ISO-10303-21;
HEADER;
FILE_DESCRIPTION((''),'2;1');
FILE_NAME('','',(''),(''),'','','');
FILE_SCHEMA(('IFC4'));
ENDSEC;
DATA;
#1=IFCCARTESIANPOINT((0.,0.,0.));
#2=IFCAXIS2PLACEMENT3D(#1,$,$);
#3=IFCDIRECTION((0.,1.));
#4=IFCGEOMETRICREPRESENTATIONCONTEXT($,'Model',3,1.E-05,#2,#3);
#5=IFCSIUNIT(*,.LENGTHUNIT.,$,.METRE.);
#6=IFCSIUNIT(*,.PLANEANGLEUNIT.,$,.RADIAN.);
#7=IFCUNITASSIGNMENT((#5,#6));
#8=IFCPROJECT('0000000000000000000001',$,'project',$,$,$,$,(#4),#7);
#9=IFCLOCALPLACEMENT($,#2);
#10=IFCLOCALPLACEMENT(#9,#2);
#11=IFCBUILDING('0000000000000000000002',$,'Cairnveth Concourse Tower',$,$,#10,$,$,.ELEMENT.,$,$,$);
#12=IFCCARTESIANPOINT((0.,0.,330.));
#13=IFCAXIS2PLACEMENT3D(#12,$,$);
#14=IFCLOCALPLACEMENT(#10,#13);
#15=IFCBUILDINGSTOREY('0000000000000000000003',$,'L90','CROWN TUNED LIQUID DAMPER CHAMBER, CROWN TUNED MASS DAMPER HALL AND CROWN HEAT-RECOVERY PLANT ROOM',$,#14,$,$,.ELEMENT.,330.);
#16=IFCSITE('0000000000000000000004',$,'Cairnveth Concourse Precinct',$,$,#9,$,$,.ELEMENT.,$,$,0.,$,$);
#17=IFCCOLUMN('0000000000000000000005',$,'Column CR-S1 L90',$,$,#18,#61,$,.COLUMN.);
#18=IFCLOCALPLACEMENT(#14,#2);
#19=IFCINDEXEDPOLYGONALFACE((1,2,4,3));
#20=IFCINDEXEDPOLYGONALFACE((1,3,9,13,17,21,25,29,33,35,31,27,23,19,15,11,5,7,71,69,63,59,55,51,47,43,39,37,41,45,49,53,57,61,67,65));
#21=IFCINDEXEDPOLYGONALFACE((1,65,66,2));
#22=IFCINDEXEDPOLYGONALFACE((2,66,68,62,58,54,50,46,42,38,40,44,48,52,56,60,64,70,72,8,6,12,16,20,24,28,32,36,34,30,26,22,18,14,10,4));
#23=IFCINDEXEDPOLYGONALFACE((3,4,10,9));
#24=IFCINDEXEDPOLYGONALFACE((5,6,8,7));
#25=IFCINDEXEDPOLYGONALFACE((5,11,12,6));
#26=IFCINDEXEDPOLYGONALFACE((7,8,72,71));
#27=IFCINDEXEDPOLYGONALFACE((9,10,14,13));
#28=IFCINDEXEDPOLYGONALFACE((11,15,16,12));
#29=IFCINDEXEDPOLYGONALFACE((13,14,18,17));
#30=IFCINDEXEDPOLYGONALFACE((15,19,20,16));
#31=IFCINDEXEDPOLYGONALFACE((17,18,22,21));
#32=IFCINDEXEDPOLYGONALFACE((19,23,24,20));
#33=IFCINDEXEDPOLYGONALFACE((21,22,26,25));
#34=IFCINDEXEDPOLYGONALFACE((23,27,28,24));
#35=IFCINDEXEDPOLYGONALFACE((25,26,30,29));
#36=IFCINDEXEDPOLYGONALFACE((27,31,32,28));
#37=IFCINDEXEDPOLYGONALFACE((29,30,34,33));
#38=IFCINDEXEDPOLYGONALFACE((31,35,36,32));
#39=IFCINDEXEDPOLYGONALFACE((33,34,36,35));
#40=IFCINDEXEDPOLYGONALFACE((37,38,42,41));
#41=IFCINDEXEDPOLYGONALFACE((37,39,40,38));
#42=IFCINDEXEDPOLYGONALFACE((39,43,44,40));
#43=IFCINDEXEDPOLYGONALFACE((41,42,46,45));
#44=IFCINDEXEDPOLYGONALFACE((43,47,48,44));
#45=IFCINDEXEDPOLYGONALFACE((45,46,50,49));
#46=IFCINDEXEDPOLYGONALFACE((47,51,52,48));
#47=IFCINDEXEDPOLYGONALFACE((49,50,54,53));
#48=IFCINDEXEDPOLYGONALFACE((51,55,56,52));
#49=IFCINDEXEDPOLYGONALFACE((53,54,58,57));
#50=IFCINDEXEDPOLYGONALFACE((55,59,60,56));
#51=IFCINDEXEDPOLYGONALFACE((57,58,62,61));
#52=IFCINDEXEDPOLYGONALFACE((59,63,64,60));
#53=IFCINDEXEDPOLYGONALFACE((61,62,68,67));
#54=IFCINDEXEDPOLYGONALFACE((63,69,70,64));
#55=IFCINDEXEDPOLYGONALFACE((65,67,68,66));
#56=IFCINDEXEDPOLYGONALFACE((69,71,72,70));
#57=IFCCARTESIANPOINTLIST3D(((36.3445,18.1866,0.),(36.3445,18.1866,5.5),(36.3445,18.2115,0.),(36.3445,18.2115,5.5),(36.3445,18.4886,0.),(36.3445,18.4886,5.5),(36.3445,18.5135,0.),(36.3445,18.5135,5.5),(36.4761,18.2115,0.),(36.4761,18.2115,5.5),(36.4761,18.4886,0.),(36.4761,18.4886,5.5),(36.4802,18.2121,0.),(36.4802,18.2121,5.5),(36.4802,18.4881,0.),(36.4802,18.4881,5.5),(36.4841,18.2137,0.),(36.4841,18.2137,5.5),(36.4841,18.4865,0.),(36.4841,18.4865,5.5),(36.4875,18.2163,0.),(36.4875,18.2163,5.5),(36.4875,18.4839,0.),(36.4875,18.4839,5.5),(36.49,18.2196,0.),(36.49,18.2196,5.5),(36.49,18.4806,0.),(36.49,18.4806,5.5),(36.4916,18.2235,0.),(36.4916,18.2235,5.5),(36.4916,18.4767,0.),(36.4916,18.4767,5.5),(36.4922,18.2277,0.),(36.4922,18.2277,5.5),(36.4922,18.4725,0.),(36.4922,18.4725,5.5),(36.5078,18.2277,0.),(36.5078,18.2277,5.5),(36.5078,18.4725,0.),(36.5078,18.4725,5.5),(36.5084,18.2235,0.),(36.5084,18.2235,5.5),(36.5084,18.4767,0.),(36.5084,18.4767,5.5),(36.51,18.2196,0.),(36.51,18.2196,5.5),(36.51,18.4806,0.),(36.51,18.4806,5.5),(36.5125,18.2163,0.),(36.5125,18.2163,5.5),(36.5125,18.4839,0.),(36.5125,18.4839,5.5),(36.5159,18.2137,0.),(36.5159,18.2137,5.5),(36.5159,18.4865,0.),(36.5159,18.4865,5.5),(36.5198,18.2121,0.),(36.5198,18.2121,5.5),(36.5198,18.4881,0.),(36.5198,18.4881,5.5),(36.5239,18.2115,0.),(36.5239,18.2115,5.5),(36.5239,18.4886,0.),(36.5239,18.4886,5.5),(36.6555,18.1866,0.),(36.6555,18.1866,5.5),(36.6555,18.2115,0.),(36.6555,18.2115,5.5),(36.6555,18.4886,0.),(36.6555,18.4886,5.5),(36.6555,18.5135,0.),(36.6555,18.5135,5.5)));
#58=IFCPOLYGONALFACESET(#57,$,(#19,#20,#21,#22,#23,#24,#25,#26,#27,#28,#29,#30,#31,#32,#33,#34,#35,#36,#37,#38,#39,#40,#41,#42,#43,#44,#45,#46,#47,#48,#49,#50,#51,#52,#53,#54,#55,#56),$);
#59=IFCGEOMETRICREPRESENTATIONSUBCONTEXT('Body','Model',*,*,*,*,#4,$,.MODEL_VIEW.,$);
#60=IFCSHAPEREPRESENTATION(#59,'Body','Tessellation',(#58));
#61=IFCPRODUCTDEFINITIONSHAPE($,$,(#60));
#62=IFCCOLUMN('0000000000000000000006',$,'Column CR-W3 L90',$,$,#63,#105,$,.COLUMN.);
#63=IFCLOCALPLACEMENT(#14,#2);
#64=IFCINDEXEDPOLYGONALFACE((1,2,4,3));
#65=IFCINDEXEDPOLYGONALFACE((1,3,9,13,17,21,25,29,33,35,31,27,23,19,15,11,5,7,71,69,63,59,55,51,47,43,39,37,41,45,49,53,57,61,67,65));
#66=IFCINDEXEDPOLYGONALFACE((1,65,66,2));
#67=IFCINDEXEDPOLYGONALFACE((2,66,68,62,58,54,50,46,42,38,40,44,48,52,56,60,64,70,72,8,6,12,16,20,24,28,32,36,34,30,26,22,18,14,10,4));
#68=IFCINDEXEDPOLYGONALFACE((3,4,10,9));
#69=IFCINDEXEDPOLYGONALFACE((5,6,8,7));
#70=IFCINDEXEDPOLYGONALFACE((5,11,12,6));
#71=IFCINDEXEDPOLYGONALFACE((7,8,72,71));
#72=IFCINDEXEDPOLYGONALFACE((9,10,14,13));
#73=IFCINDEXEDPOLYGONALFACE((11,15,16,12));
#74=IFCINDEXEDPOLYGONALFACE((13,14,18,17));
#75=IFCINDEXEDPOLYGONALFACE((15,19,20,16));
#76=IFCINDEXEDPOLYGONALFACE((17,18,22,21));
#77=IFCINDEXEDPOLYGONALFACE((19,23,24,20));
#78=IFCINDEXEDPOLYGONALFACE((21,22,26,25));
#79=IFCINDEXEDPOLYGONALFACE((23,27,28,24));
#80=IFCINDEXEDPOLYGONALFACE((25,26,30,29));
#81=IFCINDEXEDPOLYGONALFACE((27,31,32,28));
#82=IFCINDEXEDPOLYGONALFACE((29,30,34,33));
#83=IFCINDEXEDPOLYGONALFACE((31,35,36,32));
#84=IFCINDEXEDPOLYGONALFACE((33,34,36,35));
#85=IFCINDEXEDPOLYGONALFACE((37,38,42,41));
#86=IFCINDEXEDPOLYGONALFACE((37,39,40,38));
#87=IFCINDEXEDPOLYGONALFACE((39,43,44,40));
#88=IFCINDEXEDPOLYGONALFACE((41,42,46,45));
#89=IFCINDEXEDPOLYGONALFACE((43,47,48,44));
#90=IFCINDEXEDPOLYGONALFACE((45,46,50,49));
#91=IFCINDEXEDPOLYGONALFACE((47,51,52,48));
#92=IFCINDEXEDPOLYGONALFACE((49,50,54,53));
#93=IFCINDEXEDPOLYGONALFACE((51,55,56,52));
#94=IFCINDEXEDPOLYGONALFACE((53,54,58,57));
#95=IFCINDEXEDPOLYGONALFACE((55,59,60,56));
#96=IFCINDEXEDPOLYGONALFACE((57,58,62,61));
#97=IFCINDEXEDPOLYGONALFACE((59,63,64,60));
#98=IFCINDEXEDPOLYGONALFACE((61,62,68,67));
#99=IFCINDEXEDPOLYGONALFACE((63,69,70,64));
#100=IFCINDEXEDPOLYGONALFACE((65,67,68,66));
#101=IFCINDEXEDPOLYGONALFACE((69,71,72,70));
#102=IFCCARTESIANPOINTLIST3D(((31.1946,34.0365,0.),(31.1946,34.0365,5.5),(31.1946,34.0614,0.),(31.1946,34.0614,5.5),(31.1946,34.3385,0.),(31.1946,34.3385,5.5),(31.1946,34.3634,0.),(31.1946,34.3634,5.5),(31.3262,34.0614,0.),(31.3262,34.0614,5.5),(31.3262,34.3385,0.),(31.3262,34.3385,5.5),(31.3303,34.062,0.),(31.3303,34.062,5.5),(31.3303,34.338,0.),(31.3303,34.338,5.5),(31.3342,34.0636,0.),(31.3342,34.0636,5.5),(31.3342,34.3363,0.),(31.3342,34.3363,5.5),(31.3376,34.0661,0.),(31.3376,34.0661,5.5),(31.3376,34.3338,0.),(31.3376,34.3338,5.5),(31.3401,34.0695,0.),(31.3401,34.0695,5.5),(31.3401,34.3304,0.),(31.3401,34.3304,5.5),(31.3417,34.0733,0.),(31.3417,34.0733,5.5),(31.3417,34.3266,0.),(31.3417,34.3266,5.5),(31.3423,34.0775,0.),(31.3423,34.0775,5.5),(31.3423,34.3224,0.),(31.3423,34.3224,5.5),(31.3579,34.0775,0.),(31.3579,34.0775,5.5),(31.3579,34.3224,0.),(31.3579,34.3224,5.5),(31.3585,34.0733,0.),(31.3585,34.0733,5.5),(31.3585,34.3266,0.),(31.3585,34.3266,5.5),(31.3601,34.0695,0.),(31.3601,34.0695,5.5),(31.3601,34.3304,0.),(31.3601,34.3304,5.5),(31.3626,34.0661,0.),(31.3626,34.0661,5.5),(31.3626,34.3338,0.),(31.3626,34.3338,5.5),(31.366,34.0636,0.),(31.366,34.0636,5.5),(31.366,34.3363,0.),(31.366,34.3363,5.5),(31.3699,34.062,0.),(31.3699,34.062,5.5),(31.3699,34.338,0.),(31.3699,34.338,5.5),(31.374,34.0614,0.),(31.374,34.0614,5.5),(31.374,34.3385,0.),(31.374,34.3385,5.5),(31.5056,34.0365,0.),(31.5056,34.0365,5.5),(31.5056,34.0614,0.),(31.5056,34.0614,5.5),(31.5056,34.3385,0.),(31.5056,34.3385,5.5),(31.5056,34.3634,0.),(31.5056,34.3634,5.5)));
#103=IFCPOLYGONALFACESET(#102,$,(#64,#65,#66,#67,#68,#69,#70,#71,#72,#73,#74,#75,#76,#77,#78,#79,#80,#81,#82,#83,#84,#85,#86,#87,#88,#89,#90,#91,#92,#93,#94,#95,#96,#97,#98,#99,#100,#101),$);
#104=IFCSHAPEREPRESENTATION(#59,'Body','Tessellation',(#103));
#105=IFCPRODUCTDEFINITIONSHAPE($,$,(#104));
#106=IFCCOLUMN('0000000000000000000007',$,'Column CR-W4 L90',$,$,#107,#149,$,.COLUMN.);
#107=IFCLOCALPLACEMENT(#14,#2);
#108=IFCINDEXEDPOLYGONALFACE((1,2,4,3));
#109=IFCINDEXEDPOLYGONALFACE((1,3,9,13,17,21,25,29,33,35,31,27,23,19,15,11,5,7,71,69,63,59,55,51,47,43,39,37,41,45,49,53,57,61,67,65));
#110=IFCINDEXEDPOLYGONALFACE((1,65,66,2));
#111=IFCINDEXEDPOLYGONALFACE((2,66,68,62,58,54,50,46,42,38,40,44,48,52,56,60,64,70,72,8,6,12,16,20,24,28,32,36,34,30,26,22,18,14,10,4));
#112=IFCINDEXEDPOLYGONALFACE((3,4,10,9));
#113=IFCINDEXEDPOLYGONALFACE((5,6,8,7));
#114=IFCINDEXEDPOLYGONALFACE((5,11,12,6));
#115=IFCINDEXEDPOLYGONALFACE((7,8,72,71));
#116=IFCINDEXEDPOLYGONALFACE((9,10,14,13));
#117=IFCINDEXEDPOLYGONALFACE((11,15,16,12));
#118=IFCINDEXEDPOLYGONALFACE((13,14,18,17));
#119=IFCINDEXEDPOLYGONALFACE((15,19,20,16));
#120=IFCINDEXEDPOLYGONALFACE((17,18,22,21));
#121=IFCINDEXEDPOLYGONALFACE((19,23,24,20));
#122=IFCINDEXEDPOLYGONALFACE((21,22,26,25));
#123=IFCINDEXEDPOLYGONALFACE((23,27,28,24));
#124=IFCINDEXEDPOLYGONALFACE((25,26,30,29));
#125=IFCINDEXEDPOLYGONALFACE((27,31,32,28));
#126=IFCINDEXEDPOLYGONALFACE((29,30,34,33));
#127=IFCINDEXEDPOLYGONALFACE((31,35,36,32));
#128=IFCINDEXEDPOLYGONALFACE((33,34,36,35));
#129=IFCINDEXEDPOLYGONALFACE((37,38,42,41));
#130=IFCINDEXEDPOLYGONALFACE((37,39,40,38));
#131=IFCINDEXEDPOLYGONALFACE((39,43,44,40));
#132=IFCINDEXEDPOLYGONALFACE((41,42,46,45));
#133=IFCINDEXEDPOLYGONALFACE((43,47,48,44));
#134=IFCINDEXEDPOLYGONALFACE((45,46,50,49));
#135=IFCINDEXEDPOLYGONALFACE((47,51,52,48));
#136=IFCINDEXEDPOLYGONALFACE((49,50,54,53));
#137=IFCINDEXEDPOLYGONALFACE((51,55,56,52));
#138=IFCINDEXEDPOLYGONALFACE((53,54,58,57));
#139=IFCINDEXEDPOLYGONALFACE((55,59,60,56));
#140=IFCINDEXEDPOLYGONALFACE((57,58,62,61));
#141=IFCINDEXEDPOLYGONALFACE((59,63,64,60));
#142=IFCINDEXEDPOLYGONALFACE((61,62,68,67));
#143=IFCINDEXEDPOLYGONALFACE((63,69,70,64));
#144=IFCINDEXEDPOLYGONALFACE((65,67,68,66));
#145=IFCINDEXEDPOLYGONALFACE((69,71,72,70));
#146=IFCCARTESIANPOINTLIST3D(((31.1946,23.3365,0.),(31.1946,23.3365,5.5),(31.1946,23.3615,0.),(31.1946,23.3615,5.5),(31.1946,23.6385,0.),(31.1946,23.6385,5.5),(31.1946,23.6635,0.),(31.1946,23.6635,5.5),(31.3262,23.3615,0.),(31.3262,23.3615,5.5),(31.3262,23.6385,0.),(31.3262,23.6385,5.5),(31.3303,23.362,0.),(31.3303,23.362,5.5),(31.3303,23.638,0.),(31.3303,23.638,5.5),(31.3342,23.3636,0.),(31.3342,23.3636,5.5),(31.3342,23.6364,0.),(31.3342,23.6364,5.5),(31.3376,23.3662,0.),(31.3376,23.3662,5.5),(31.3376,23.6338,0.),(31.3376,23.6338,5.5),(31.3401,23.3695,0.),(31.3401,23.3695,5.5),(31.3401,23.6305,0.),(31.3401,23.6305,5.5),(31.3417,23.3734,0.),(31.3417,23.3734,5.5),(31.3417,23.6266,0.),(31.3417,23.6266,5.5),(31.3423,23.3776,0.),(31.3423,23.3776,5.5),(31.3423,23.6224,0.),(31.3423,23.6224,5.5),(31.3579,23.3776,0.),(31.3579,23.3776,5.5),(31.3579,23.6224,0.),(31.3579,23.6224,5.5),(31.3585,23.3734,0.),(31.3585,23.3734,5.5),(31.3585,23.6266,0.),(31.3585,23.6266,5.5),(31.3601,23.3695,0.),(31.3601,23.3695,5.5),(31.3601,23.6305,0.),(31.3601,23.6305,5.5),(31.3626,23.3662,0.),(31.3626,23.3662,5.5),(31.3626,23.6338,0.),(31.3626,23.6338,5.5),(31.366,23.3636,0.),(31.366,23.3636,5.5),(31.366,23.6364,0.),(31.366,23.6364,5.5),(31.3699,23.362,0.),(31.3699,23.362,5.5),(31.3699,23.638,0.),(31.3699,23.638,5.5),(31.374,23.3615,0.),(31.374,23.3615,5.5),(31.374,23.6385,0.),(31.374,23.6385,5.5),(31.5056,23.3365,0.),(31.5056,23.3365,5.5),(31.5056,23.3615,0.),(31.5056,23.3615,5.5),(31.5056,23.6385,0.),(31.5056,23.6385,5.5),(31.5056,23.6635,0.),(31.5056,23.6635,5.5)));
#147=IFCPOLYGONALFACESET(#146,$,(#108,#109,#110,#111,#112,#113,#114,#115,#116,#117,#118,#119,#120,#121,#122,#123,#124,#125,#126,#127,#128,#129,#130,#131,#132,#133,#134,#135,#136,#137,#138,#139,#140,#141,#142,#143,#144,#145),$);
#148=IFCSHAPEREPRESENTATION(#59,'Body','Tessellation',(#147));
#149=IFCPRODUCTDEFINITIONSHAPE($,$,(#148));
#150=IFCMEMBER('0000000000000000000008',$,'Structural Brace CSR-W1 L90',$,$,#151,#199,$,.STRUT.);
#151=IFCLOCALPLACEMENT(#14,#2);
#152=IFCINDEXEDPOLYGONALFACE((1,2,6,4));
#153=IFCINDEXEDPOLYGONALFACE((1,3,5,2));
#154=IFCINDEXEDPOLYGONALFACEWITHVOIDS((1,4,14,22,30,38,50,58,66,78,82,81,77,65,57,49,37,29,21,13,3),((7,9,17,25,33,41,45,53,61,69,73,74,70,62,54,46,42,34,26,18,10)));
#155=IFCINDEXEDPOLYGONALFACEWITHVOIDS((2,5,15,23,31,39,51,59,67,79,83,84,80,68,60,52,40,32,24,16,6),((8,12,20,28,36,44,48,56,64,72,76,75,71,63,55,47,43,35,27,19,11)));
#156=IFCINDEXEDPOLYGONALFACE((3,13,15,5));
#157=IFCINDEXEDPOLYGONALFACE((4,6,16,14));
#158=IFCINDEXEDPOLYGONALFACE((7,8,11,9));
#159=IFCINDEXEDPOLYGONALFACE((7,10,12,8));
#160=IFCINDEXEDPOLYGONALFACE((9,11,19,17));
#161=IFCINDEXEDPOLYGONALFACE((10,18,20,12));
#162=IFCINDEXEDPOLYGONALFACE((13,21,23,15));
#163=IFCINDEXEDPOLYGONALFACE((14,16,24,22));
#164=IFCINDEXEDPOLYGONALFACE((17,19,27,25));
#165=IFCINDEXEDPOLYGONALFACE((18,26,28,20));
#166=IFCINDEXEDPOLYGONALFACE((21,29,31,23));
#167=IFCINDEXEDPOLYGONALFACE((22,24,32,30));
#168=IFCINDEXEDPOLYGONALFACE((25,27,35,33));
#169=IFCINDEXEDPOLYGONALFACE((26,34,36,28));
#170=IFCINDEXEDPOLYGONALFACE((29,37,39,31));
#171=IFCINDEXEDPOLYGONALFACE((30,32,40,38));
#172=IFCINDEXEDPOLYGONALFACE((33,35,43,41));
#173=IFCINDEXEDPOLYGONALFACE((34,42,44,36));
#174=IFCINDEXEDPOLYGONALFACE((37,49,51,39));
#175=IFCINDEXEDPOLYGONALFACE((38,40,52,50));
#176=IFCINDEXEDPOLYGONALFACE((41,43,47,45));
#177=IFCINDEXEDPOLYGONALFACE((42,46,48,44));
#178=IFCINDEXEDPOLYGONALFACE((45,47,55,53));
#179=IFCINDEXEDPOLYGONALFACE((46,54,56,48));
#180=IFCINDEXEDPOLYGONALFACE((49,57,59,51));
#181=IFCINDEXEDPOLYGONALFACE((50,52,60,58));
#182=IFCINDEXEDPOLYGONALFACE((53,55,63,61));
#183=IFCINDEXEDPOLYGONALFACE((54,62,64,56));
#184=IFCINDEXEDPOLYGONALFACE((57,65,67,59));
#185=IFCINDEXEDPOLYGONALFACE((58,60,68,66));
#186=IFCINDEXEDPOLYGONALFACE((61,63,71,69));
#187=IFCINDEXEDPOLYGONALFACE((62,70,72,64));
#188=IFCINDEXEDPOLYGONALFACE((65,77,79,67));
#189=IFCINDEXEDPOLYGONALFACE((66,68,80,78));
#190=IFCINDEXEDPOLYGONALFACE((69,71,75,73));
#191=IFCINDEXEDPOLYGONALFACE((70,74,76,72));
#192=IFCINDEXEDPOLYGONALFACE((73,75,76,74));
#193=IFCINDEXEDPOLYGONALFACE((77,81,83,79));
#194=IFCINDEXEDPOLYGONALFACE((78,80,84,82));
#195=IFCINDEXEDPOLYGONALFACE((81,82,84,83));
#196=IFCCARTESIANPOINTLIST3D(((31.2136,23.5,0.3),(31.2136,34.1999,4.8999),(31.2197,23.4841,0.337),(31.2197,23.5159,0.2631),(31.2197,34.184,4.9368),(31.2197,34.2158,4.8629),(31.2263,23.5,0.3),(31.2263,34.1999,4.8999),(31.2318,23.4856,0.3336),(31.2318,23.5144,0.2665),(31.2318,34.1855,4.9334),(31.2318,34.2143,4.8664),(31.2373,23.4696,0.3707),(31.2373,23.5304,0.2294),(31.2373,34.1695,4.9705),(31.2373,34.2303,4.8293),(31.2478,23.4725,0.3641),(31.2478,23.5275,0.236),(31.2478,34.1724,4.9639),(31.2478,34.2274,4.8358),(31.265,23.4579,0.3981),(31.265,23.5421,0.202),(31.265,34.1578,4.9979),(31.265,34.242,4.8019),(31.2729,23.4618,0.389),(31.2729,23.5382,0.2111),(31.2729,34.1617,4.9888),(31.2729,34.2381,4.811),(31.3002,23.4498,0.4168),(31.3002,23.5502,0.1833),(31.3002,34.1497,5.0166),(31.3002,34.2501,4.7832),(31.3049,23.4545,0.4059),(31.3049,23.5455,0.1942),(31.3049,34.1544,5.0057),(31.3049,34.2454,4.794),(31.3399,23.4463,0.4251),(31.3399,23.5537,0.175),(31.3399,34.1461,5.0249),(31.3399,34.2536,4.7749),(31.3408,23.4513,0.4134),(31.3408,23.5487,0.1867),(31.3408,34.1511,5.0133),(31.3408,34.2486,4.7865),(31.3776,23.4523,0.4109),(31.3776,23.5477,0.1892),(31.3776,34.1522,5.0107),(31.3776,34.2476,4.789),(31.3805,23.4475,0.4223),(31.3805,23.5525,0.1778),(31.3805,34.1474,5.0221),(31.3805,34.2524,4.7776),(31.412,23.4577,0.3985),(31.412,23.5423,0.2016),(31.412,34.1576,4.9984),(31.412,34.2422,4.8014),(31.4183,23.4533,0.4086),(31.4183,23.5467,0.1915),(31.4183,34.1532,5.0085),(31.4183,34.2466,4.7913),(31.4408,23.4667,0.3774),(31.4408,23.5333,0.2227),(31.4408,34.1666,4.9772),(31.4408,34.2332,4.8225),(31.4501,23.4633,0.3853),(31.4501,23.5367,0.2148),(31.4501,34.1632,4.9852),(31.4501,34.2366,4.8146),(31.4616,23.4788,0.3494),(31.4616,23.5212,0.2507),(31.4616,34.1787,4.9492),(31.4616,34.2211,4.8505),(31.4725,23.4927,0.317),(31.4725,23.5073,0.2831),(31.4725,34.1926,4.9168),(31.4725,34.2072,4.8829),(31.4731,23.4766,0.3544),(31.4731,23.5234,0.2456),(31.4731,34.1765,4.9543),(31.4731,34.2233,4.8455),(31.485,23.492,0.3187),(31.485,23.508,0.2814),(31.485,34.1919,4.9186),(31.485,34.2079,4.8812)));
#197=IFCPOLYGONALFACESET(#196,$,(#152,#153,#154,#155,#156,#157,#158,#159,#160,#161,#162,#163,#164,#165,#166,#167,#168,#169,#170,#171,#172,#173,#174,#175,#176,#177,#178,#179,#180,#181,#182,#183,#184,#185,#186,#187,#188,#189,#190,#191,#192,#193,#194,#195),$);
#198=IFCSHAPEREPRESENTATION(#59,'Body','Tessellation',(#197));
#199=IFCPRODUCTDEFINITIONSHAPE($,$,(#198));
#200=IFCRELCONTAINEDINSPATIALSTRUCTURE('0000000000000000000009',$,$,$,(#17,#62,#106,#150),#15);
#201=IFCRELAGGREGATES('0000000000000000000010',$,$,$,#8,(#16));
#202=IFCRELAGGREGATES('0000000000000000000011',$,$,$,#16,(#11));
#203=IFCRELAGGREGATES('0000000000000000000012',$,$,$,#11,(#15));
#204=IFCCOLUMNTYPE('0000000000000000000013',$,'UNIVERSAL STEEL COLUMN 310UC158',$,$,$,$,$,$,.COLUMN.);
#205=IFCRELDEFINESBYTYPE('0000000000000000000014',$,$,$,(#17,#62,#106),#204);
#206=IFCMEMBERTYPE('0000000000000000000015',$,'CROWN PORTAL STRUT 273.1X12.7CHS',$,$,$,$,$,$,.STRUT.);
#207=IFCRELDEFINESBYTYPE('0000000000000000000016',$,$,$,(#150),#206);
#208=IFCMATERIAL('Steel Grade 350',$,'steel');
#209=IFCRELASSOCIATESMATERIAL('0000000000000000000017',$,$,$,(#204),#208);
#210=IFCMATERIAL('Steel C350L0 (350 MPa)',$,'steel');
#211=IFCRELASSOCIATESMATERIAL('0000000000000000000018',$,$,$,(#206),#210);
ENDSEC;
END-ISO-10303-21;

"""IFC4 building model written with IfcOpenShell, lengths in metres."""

from ifc_helpers import new_model, si_unit, direction, frame, origin, origin_2d, place, context, subcontext, project, spatial, hollow_circle, i_section, extrude, material, material_profile, profile_set, type_object, element, save


model = new_model("IFC4")

# Units and contexts
model_context = context("Model", 3, precision=1e-05, world=origin(), true_north=direction((0.0, 1.0)))
body_context = subcontext(model_context, "Body", "Model", "MODEL_VIEW")
ifc_project = project(units=[si_unit("LENGTHUNIT", "METRE"), si_unit("PLANEANGLEUNIT", "RADIAN")], contexts=[model_context])

# Site, building, storey
site_placement = place(None, origin())
site = spatial("IfcSite", under=ifc_project, at=site_placement, Name="Cairnveth Concourse Precinct", CompositionType="ELEMENT", RefElevation=0.0)
building_placement = place(site_placement, origin())
building = spatial("IfcBuilding", under=site, at=building_placement, Name="Cairnveth Concourse Tower", CompositionType="ELEMENT")
storey_placement = place(building_placement, frame((0.0, 0.0, 330.0)))
storey = spatial("IfcBuildingStorey", under=building, at=storey_placement, Name="L90", Description="CROWN TUNED LIQUID DAMPER CHAMBER, CROWN TUNED MASS DAMPER HALL AND CROWN HEAT-RECOVERY PLANT ROOM", CompositionType="ELEMENT", Elevation=330.0)

# Columns
ifc_material_1 = material(Name="Steel Grade 350", Category="steel")
ifc_material_profile_1 = material_profile(ifc_material_1, i_section(OverallWidth=0.311, OverallDepth=0.3269, WebThickness=0.0156, FlangeThickness=0.0249, FilletRadius=0.0161, at=origin_2d()), Name="310UC158")
ifc_profile_set_1 = profile_set([ifc_material_profile_1], Name="Steel Grade 350")
column_type_1 = type_object("IfcColumnType", Name="UNIVERSAL STEEL COLUMN 310UC158", PredefinedType="COLUMN", material=ifc_profile_set_1)
for number, where, z_axis, x_axis, name in (
    (1, (36.5, 18.3501, 0.0), (0.0, 0.0, 1.0), (1.0, 0.0, 0.0), "Column CR-S1 L90"),
    (2, (31.3501, 34.2, 0.0), (0.0, 0.0, 1.0), (1.0, 0.0, 0.0), "Column CR-W3 L90"),
    (3, (31.3501, 23.5, 0.0), (0.0, 0.0, 1.0), (1.0, 0.0, 0.0), "Column CR-W4 L90"),
):
    element("IfcColumn", number, at=place(storey_placement, frame(where, z_axis=z_axis, x_axis=x_axis)), inside=storey, type_object=column_type_1, Name=name, PredefinedType="COLUMN", context=body_context, shape_type="SweptSolid", body=[
        extrude(i_section(OverallWidth=0.311, OverallDepth=0.3269, WebThickness=0.0156, FlangeThickness=0.0249, FilletRadius=0.0161, at=origin_2d()), origin(), (0.0, 0.0, 1.0), 5.5),
    ])

# Member
ifc_material_2 = material(Name="Steel C350L0 (350 MPa)", Category="steel")
ifc_material_profile_2 = material_profile(ifc_material_2, hollow_circle(Radius=0.1365, WallThickness=0.0127, at=origin_2d()), Name="273.1x12.7CHS")
ifc_profile_set_2 = profile_set([ifc_material_profile_2], Name="Steel C350L0 (350 MPa)")
member_type = type_object("IfcMemberType", Name="CROWN PORTAL STRUT 273.1X12.7CHS", PredefinedType="STRUT", material=ifc_profile_set_2)
member_placement = place(storey_placement, frame((31.3501, 23.5, 0.3), z_axis=(0.0, 0.918704, 0.394946), x_axis=(-1.0, 0.0, 0.0)))
element("IfcMember", 4, at=member_placement, inside=storey, type_object=member_type, Name="Structural Brace CSR-W1 L90", PredefinedType="STRUT", context=body_context, shape_type="SweptSolid", body=[
    extrude(hollow_circle(Radius=0.1365, WallThickness=0.0127, at=origin_2d()), origin(), (0.0, 0.0, 1.0), 11.6467),
])

save(model, "model.ifc")
